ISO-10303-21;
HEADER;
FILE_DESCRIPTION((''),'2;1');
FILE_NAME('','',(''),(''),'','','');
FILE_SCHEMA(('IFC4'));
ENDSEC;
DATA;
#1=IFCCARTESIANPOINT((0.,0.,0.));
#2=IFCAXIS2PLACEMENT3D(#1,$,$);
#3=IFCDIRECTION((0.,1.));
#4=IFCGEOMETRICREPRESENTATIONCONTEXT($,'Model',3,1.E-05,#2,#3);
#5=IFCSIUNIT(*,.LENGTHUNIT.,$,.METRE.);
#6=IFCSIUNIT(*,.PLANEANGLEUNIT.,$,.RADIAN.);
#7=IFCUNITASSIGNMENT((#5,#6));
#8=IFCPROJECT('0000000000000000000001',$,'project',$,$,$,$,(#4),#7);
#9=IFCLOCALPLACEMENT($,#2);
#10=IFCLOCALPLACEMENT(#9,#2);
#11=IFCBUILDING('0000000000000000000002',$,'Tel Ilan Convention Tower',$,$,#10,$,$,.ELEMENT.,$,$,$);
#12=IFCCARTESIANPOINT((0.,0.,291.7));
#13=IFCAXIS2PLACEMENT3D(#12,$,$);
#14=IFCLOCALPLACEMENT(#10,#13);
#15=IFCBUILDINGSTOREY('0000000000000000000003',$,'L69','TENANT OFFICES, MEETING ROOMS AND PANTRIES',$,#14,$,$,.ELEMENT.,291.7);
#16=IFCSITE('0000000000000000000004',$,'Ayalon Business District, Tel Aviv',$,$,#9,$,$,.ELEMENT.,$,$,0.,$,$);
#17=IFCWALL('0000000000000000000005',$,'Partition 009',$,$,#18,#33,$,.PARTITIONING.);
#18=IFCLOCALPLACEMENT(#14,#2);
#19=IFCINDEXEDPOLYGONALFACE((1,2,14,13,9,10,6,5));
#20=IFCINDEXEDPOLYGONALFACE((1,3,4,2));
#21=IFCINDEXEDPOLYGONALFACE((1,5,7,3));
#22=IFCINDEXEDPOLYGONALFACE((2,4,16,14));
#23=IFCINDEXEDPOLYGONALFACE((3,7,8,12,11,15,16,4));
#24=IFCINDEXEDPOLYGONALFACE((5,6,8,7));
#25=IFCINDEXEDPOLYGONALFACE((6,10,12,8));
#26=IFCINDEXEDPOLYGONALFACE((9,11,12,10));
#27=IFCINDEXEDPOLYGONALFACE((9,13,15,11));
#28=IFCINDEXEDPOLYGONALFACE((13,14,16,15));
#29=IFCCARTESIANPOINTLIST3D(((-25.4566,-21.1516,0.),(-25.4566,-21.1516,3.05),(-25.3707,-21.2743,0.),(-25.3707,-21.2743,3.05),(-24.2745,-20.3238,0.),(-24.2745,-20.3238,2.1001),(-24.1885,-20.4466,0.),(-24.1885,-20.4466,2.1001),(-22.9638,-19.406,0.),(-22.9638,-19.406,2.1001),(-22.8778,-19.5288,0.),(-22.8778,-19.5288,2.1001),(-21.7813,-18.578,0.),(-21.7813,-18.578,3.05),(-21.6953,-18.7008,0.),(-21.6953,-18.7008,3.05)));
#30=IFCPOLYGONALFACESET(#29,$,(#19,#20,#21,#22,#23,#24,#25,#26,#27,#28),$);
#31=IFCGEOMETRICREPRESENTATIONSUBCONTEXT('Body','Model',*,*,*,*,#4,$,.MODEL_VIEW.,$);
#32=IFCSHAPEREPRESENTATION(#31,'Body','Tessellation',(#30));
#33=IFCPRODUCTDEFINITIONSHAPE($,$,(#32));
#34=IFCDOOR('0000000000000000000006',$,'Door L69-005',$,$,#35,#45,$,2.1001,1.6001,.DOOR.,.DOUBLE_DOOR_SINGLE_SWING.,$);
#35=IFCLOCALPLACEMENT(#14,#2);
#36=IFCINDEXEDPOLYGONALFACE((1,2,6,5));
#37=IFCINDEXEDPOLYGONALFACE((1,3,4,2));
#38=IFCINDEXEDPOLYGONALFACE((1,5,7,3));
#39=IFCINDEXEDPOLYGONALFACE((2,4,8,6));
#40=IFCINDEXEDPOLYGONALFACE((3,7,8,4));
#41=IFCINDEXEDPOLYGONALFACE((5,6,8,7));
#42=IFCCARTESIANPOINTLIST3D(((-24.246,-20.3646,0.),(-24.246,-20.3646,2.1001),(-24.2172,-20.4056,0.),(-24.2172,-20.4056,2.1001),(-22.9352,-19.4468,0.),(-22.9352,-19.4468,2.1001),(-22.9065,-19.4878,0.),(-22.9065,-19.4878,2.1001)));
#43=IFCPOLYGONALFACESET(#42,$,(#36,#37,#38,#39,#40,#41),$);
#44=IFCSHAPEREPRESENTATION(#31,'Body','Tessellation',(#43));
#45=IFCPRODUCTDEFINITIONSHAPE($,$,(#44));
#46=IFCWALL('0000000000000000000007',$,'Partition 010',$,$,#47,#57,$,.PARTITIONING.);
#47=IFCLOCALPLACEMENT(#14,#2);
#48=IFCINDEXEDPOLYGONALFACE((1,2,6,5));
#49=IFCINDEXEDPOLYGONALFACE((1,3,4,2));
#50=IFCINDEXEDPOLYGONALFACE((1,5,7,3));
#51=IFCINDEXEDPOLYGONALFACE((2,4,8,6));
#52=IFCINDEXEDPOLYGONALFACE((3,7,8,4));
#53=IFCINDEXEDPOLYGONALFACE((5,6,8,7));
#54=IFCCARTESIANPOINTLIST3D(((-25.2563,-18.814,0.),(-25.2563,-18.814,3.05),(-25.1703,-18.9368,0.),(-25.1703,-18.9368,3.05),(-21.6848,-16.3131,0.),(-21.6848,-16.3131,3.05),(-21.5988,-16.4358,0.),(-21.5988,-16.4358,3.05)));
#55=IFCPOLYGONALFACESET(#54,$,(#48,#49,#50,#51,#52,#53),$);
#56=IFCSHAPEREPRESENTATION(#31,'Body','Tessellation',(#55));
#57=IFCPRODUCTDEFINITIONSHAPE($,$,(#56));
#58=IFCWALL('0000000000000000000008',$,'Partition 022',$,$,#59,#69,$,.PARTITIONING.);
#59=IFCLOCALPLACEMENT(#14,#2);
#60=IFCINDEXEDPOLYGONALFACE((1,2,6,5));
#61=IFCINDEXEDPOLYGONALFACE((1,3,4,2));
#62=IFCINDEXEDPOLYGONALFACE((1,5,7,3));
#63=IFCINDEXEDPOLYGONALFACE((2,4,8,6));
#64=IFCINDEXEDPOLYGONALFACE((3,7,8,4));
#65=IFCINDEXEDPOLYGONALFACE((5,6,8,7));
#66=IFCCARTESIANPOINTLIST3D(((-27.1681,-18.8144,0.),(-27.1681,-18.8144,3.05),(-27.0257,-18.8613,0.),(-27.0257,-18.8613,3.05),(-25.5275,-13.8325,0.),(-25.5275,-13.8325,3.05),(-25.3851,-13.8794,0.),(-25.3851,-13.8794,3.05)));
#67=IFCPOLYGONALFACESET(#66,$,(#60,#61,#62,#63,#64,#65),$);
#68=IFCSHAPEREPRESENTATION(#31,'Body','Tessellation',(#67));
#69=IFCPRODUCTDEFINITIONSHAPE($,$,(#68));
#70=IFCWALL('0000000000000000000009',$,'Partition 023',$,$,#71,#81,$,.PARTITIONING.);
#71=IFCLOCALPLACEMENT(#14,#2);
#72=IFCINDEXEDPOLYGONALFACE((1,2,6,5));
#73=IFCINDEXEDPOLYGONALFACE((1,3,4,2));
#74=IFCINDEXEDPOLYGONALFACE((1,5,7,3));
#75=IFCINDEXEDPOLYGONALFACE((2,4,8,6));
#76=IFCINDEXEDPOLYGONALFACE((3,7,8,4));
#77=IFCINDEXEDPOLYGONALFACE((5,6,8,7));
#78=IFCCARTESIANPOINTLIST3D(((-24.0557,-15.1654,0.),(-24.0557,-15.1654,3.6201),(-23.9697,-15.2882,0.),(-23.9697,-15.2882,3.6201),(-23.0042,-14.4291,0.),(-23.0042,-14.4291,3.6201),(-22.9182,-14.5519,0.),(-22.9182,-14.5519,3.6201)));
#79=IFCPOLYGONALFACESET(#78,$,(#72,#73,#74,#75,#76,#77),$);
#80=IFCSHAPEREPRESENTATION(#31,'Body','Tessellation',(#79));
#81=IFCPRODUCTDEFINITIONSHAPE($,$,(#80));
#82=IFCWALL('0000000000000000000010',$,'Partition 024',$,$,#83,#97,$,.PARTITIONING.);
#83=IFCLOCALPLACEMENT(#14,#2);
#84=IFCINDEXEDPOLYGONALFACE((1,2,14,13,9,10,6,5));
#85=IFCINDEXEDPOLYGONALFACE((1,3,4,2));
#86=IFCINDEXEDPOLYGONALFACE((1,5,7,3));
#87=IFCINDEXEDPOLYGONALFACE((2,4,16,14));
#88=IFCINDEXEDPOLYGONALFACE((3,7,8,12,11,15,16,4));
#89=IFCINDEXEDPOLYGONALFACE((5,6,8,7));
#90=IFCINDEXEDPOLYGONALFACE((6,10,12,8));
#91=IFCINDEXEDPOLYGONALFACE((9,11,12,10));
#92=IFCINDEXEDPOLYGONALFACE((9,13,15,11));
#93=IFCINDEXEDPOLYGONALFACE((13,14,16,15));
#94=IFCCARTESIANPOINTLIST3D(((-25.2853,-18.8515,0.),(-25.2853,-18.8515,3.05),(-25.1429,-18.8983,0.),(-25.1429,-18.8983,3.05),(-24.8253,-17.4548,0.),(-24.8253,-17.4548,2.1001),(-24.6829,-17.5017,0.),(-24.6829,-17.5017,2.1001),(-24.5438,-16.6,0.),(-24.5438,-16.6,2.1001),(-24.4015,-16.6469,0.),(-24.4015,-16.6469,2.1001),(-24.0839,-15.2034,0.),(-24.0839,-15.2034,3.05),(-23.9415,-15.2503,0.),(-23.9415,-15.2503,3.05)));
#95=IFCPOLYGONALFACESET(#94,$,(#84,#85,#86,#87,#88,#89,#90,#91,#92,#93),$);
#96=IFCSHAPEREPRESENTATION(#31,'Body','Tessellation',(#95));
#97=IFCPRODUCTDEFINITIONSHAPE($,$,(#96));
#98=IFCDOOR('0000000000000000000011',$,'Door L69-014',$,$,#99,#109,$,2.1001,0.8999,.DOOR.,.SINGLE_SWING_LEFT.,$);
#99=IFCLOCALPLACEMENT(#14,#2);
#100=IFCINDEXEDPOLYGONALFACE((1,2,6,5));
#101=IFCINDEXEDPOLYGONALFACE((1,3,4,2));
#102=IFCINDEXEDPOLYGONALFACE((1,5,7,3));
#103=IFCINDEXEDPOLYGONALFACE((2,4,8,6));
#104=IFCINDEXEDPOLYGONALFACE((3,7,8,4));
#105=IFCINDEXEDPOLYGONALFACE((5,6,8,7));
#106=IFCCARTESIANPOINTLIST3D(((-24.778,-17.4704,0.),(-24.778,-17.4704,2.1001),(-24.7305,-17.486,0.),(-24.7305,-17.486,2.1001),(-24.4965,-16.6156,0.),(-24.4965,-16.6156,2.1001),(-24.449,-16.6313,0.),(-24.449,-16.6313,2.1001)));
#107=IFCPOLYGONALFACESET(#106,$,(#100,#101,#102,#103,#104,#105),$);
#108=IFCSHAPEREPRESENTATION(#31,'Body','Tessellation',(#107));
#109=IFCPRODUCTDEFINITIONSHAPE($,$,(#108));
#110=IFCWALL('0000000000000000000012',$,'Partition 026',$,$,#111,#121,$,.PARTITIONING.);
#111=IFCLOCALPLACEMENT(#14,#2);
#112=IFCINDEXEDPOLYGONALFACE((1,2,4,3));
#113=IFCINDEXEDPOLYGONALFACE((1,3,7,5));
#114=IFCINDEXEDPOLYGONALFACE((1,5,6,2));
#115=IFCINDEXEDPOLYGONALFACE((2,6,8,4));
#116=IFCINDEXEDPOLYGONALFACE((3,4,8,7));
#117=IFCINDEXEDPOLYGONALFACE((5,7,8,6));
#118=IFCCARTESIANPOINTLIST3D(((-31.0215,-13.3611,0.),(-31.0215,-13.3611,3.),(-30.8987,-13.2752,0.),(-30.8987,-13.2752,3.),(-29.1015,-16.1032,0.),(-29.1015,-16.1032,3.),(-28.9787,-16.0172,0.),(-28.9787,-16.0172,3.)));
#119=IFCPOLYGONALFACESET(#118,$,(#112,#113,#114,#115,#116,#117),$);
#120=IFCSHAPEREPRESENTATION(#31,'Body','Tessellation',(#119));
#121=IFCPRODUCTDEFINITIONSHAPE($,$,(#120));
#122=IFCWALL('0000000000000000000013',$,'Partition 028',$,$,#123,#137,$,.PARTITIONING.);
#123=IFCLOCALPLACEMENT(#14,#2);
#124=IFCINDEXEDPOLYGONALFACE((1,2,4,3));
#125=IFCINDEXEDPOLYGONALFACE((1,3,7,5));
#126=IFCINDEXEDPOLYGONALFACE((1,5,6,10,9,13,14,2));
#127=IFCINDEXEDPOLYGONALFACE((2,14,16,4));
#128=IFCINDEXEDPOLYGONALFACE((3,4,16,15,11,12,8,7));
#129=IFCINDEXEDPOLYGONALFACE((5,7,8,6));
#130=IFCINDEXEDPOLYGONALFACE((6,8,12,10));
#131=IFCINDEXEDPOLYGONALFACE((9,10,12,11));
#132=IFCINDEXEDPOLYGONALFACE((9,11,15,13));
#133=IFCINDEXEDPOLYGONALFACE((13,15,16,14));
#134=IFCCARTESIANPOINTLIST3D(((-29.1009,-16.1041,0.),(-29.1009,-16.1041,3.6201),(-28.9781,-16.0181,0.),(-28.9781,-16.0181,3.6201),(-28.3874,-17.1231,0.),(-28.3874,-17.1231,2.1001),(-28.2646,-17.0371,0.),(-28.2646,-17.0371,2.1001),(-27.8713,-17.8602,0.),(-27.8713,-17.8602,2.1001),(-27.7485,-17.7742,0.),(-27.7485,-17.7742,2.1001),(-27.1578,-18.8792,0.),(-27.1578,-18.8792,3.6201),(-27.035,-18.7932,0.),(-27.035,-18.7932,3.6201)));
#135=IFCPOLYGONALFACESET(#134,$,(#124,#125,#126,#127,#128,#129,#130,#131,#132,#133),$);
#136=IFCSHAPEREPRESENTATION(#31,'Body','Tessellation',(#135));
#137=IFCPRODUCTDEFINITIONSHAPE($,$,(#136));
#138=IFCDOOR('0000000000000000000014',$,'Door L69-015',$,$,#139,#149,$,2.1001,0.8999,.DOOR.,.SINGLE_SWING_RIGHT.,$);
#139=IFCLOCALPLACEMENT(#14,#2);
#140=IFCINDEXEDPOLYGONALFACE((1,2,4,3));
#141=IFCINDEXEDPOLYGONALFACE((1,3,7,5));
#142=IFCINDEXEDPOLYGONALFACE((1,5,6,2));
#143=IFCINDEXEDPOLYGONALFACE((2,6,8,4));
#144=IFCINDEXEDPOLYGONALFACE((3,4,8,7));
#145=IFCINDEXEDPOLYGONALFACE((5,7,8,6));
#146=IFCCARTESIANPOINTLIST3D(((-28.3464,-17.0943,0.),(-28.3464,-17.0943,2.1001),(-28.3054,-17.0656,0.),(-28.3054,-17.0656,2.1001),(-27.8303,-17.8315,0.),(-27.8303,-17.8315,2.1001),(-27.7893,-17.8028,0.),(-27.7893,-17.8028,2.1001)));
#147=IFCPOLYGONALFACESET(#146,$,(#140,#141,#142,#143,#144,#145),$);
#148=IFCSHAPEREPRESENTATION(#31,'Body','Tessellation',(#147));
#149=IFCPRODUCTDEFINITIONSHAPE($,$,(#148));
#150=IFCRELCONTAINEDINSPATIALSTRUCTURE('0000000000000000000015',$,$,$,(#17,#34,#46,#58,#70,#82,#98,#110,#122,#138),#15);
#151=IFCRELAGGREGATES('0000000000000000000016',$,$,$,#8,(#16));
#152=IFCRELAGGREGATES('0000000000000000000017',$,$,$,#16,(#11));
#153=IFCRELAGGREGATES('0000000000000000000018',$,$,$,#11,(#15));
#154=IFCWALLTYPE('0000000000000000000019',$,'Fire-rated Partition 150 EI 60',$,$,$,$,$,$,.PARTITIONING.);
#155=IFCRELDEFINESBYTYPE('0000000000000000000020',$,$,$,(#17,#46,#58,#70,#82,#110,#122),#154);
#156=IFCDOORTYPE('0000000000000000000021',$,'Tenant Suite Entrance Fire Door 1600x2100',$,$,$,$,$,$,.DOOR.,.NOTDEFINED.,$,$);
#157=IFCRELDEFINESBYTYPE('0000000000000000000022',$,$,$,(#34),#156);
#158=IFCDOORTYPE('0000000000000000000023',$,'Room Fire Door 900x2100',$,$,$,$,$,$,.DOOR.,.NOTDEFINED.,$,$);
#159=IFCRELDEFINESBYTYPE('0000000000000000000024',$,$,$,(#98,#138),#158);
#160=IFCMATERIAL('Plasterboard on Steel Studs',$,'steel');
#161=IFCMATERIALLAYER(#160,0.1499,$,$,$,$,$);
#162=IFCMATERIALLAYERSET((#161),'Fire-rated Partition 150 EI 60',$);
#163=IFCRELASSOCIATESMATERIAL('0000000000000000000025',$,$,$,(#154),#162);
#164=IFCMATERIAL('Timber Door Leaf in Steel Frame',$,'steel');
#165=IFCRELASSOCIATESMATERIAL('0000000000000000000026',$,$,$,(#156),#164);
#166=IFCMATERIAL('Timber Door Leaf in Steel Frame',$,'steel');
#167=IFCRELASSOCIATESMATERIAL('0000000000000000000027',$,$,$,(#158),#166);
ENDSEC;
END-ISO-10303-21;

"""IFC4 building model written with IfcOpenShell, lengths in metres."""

from ifc_helpers import new_model, si_unit, direction, frame, frame_2d, origin, place, context, subcontext, project, spatial, rectangle, extrude, material, layer, layer_set, type_object, element, fill, save


model = new_model("IFC4")

# Units and contexts
model_context = context("Model", 3, precision=1e-05, world=origin(), true_north=direction((0.0, 1.0)))
body_context = subcontext(model_context, "Body", "Model", "MODEL_VIEW")
ifc_project = project(units=[si_unit("LENGTHUNIT", "METRE"), si_unit("PLANEANGLEUNIT", "RADIAN")], contexts=[model_context])

# Site, building, storey
site_placement = place(None, origin())
site = spatial("IfcSite", under=ifc_project, at=site_placement, Name="Ayalon Business District, Tel Aviv", CompositionType="ELEMENT", RefElevation=0.0)
building_placement = place(site_placement, origin())
building = spatial("IfcBuilding", under=site, at=building_placement, Name="Tel Ilan Convention Tower", CompositionType="ELEMENT")
storey_placement = place(building_placement, frame((0.0, 0.0, 291.7)))
storey = spatial("IfcBuildingStorey", under=building, at=storey_placement, Name="L69", Description="TENANT OFFICES, MEETING ROOMS AND PANTRIES", CompositionType="ELEMENT", Elevation=291.7)

# Wall, opening, door
ifc_material_1 = material(Name="Plasterboard on Steel Studs", Category="steel")
ifc_layer_1 = layer(ifc_material_1, 0.1499)
ifc_layer_set_1 = layer_set([ifc_layer_1], Name="Fire-rated Partition 150 EI 60")
wall_type_1 = type_object("IfcWallType", Name="Fire-rated Partition 150 EI 60", PredefinedType="PARTITIONING", material=ifc_layer_set_1)
wall_1_placement = place(storey_placement, frame((-21.7383, -18.6394, 0.0), z_axis=(0.0, 0.0, 1.0), x_axis=(-0.81915, -0.573579, 0.0)))
wall_1 = element("IfcWall", 1, at=wall_1_placement, inside=storey, type_object=wall_type_1, Name="Partition 009", PredefinedType="PARTITIONING", context=body_context, shape_type="SweptSolid", body=[
    extrude(rectangle(XDim=4.4868, YDim=0.1499, at=frame_2d((2.2434, 0.0))), origin(), (0.0, 0.0, 1.0), 3.05),
])
opening_1_placement = place(wall_1_placement, frame((1.4436, 0.0, 0.0)))
opening_1 = element("IfcOpeningElement", 2, at=opening_1_placement, cuts=wall_1, PredefinedType="OPENING", context=body_context, shape_type="SweptSolid", body=[
    extrude(rectangle(XDim=1.6001, YDim=2.1001, at=frame_2d((0.8, 1.05))), frame((0.0, 0.085, 0.0), z_axis=(0.0, -1.0, 0.0), x_axis=(1.0, 0.0, 0.0)), (0.0, 0.0, 1.0), 0.1699),
])
ifc_material_2 = material(Name="Timber Door Leaf in Steel Frame", Category="steel")
door_type_1 = type_object("IfcDoorType", Name="Tenant Suite Entrance Fire Door 1600x2100", OperationType="NOTDEFINED", PredefinedType="DOOR", material=ifc_material_2)
door_1_placement = place(opening_1_placement, origin())
door_1 = element("IfcDoor", 3, at=door_1_placement, inside=storey, type_object=door_type_1, Name="Door L69-005", OperationType="DOUBLE_DOOR_SINGLE_SWING", OverallHeight=2.1001, OverallWidth=1.6001, PredefinedType="DOOR", context=body_context, shape_type="SweptSolid", body=[
    extrude(rectangle(XDim=1.6001, YDim=2.1001, at=frame_2d((0.8, 1.05))), frame((0.0, 0.0249, 0.0), z_axis=(0.0, -1.0, 0.0), x_axis=(1.0, 0.0, 0.0)), (0.0, 0.0, 1.0), 0.05),
])
fill(opening_1, door_1)

# Walls
wall_2_placement = place(storey_placement, frame((-25.2134, -18.8755, 0.0), z_axis=(0.0, 0.0, 1.0), x_axis=(0.819135, 0.573601, 0.0)))
element("IfcWall", 4, at=wall_2_placement, inside=storey, type_object=wall_type_1, Name="Partition 010", PredefinedType="PARTITIONING", context=body_context, shape_type="SweptSolid", body=[
    extrude(rectangle(XDim=4.3601, YDim=0.1499, at=frame_2d((2.1802, 0.0))), origin(), (0.0, 0.0, 1.0), 3.05),
])
wall_3_placement = place(storey_placement, frame((-27.0969, -18.8379, 0.0), z_axis=(0.0, 0.0, 1.0), x_axis=(0.312791, 0.949822, 0.0)))
element("IfcWall", 5, at=wall_3_placement, inside=storey, type_object=wall_type_1, Name="Partition 022", PredefinedType="PARTITIONING", context=body_context, shape_type="SweptSolid", body=[
    extrude(rectangle(XDim=5.2451, YDim=0.1499, at=frame_2d((2.6226, 0.0))), origin(), (0.0, 0.0, 1.0), 3.05),
])
wall_4_placement = place(storey_placement, frame((-22.9612, -14.4905, 0.0), z_axis=(0.0, 0.0, 1.0), x_axis=(-0.819134, -0.573603, 0.0)))
element("IfcWall", 6, at=wall_4_placement, inside=storey, type_object=wall_type_1, Name="Partition 023", PredefinedType="PARTITIONING", context=body_context, shape_type="SweptSolid", body=[
    extrude(rectangle(XDim=1.2837, YDim=0.1499, at=frame_2d((0.6418, 0.0))), origin(), (0.0, 0.0, 1.0), 3.6201),
])

# Wall, opening, door
wall_5_placement = place(storey_placement, frame((-24.0127, -15.2268, 0.0), z_axis=(0.0, 0.0, 1.0), x_axis=(-0.312793, -0.949821, 0.0)))
wall_5 = element("IfcWall", 7, at=wall_5_placement, inside=storey, type_object=wall_type_1, Name="Partition 024", PredefinedType="PARTITIONING", context=body_context, shape_type="SweptSolid", body=[
    extrude(rectangle(XDim=3.8408, YDim=0.1499, at=frame_2d((1.9204, 0.0))), origin(), (0.0, 0.0, 1.0), 3.05),
])
opening_2_placement = place(wall_5_placement, frame((1.4705, 0.0, 0.0)))
opening_2 = element("IfcOpeningElement", 8, at=opening_2_placement, cuts=wall_5, PredefinedType="OPENING", context=body_context, shape_type="SweptSolid", body=[
    extrude(rectangle(XDim=0.8999, YDim=2.1001, at=frame_2d((0.45, 1.05))), frame((0.0, 0.085, 0.0), z_axis=(0.0, -1.0, 0.0), x_axis=(1.0, 0.0, 0.0)), (0.0, 0.0, 1.0), 0.1699),
])
ifc_material_3 = material(Name="Timber Door Leaf in Steel Frame", Category="steel")
door_type_2 = type_object("IfcDoorType", Name="Room Fire Door 900x2100", OperationType="NOTDEFINED", PredefinedType="DOOR", material=ifc_material_3)
door_2_placement = place(opening_2_placement, origin())
door_2 = element("IfcDoor", 9, at=door_2_placement, inside=storey, type_object=door_type_2, Name="Door L69-014", OperationType="SINGLE_SWING_LEFT", OverallHeight=2.1001, OverallWidth=0.8999, PredefinedType="DOOR", context=body_context, shape_type="SweptSolid", body=[
    extrude(rectangle(XDim=0.8999, YDim=2.1001, at=frame_2d((0.45, 1.05))), frame((0.0, 0.0249, 0.0), z_axis=(0.0, -1.0, 0.0), x_axis=(1.0, 0.0, 0.0)), (0.0, 0.0, 1.0), 0.05),
])
fill(opening_2, door_2)

# Wall
wall_6_placement = place(storey_placement, frame((-29.04, -16.0603, 0.0), z_axis=(0.0, 0.0, 1.0), x_axis=(-0.573575, 0.819153, 0.0)))
element("IfcWall", 10, at=wall_6_placement, inside=storey, type_object=wall_type_1, Name="Partition 026", PredefinedType="PARTITIONING", context=body_context, shape_type="SweptSolid", body=[
    extrude(rectangle(XDim=3.3474, YDim=0.1499, at=frame_2d((1.6738, 0.0))), origin(), (0.0, 0.0, 1.0), 3.0),
])

# Wall, opening, door
wall_7_placement = place(storey_placement, frame((-27.0964, -18.8362, 0.0), z_axis=(0.0, 0.0, 1.0), x_axis=(-0.573564, 0.819161, 0.0)))
wall_7 = element("IfcWall", 11, at=wall_7_placement, inside=storey, type_object=wall_type_1, Name="Partition 028", PredefinedType="PARTITIONING", context=body_context, shape_type="SweptSolid", body=[
    extrude(rectangle(XDim=3.3877, YDim=0.1499, at=frame_2d((1.6938, 0.0))), origin(), (0.0, 0.0, 1.0), 3.6201),
])
opening_3_placement = place(wall_7_placement, frame((1.2439, 0.0, 0.0)))
opening_3 = element("IfcOpeningElement", 12, at=opening_3_placement, cuts=wall_7, PredefinedType="OPENING", context=body_context, shape_type="SweptSolid", body=[
    extrude(rectangle(XDim=0.8999, YDim=2.1001, at=frame_2d((0.45, 1.05))), frame((0.0, 0.085, 0.0), z_axis=(0.0, -1.0, 0.0), x_axis=(1.0, 0.0, 0.0)), (0.0, 0.0, 1.0), 0.1699),
])
door_3_placement = place(opening_3_placement, origin())
door_3 = element("IfcDoor", 13, at=door_3_placement, inside=storey, type_object=door_type_2, Name="Door L69-015", OperationType="SINGLE_SWING_RIGHT", OverallHeight=2.1001, OverallWidth=0.8999, PredefinedType="DOOR", context=body_context, shape_type="SweptSolid", body=[
    extrude(rectangle(XDim=0.8999, YDim=2.1001, at=frame_2d((0.45, 1.05))), frame((0.0, 0.0249, 0.0), z_axis=(0.0, -1.0, 0.0), x_axis=(1.0, 0.0, 0.0)), (0.0, 0.0, 1.0), 0.05),
])
fill(opening_3, door_3)

save(model, "model.ifc")
